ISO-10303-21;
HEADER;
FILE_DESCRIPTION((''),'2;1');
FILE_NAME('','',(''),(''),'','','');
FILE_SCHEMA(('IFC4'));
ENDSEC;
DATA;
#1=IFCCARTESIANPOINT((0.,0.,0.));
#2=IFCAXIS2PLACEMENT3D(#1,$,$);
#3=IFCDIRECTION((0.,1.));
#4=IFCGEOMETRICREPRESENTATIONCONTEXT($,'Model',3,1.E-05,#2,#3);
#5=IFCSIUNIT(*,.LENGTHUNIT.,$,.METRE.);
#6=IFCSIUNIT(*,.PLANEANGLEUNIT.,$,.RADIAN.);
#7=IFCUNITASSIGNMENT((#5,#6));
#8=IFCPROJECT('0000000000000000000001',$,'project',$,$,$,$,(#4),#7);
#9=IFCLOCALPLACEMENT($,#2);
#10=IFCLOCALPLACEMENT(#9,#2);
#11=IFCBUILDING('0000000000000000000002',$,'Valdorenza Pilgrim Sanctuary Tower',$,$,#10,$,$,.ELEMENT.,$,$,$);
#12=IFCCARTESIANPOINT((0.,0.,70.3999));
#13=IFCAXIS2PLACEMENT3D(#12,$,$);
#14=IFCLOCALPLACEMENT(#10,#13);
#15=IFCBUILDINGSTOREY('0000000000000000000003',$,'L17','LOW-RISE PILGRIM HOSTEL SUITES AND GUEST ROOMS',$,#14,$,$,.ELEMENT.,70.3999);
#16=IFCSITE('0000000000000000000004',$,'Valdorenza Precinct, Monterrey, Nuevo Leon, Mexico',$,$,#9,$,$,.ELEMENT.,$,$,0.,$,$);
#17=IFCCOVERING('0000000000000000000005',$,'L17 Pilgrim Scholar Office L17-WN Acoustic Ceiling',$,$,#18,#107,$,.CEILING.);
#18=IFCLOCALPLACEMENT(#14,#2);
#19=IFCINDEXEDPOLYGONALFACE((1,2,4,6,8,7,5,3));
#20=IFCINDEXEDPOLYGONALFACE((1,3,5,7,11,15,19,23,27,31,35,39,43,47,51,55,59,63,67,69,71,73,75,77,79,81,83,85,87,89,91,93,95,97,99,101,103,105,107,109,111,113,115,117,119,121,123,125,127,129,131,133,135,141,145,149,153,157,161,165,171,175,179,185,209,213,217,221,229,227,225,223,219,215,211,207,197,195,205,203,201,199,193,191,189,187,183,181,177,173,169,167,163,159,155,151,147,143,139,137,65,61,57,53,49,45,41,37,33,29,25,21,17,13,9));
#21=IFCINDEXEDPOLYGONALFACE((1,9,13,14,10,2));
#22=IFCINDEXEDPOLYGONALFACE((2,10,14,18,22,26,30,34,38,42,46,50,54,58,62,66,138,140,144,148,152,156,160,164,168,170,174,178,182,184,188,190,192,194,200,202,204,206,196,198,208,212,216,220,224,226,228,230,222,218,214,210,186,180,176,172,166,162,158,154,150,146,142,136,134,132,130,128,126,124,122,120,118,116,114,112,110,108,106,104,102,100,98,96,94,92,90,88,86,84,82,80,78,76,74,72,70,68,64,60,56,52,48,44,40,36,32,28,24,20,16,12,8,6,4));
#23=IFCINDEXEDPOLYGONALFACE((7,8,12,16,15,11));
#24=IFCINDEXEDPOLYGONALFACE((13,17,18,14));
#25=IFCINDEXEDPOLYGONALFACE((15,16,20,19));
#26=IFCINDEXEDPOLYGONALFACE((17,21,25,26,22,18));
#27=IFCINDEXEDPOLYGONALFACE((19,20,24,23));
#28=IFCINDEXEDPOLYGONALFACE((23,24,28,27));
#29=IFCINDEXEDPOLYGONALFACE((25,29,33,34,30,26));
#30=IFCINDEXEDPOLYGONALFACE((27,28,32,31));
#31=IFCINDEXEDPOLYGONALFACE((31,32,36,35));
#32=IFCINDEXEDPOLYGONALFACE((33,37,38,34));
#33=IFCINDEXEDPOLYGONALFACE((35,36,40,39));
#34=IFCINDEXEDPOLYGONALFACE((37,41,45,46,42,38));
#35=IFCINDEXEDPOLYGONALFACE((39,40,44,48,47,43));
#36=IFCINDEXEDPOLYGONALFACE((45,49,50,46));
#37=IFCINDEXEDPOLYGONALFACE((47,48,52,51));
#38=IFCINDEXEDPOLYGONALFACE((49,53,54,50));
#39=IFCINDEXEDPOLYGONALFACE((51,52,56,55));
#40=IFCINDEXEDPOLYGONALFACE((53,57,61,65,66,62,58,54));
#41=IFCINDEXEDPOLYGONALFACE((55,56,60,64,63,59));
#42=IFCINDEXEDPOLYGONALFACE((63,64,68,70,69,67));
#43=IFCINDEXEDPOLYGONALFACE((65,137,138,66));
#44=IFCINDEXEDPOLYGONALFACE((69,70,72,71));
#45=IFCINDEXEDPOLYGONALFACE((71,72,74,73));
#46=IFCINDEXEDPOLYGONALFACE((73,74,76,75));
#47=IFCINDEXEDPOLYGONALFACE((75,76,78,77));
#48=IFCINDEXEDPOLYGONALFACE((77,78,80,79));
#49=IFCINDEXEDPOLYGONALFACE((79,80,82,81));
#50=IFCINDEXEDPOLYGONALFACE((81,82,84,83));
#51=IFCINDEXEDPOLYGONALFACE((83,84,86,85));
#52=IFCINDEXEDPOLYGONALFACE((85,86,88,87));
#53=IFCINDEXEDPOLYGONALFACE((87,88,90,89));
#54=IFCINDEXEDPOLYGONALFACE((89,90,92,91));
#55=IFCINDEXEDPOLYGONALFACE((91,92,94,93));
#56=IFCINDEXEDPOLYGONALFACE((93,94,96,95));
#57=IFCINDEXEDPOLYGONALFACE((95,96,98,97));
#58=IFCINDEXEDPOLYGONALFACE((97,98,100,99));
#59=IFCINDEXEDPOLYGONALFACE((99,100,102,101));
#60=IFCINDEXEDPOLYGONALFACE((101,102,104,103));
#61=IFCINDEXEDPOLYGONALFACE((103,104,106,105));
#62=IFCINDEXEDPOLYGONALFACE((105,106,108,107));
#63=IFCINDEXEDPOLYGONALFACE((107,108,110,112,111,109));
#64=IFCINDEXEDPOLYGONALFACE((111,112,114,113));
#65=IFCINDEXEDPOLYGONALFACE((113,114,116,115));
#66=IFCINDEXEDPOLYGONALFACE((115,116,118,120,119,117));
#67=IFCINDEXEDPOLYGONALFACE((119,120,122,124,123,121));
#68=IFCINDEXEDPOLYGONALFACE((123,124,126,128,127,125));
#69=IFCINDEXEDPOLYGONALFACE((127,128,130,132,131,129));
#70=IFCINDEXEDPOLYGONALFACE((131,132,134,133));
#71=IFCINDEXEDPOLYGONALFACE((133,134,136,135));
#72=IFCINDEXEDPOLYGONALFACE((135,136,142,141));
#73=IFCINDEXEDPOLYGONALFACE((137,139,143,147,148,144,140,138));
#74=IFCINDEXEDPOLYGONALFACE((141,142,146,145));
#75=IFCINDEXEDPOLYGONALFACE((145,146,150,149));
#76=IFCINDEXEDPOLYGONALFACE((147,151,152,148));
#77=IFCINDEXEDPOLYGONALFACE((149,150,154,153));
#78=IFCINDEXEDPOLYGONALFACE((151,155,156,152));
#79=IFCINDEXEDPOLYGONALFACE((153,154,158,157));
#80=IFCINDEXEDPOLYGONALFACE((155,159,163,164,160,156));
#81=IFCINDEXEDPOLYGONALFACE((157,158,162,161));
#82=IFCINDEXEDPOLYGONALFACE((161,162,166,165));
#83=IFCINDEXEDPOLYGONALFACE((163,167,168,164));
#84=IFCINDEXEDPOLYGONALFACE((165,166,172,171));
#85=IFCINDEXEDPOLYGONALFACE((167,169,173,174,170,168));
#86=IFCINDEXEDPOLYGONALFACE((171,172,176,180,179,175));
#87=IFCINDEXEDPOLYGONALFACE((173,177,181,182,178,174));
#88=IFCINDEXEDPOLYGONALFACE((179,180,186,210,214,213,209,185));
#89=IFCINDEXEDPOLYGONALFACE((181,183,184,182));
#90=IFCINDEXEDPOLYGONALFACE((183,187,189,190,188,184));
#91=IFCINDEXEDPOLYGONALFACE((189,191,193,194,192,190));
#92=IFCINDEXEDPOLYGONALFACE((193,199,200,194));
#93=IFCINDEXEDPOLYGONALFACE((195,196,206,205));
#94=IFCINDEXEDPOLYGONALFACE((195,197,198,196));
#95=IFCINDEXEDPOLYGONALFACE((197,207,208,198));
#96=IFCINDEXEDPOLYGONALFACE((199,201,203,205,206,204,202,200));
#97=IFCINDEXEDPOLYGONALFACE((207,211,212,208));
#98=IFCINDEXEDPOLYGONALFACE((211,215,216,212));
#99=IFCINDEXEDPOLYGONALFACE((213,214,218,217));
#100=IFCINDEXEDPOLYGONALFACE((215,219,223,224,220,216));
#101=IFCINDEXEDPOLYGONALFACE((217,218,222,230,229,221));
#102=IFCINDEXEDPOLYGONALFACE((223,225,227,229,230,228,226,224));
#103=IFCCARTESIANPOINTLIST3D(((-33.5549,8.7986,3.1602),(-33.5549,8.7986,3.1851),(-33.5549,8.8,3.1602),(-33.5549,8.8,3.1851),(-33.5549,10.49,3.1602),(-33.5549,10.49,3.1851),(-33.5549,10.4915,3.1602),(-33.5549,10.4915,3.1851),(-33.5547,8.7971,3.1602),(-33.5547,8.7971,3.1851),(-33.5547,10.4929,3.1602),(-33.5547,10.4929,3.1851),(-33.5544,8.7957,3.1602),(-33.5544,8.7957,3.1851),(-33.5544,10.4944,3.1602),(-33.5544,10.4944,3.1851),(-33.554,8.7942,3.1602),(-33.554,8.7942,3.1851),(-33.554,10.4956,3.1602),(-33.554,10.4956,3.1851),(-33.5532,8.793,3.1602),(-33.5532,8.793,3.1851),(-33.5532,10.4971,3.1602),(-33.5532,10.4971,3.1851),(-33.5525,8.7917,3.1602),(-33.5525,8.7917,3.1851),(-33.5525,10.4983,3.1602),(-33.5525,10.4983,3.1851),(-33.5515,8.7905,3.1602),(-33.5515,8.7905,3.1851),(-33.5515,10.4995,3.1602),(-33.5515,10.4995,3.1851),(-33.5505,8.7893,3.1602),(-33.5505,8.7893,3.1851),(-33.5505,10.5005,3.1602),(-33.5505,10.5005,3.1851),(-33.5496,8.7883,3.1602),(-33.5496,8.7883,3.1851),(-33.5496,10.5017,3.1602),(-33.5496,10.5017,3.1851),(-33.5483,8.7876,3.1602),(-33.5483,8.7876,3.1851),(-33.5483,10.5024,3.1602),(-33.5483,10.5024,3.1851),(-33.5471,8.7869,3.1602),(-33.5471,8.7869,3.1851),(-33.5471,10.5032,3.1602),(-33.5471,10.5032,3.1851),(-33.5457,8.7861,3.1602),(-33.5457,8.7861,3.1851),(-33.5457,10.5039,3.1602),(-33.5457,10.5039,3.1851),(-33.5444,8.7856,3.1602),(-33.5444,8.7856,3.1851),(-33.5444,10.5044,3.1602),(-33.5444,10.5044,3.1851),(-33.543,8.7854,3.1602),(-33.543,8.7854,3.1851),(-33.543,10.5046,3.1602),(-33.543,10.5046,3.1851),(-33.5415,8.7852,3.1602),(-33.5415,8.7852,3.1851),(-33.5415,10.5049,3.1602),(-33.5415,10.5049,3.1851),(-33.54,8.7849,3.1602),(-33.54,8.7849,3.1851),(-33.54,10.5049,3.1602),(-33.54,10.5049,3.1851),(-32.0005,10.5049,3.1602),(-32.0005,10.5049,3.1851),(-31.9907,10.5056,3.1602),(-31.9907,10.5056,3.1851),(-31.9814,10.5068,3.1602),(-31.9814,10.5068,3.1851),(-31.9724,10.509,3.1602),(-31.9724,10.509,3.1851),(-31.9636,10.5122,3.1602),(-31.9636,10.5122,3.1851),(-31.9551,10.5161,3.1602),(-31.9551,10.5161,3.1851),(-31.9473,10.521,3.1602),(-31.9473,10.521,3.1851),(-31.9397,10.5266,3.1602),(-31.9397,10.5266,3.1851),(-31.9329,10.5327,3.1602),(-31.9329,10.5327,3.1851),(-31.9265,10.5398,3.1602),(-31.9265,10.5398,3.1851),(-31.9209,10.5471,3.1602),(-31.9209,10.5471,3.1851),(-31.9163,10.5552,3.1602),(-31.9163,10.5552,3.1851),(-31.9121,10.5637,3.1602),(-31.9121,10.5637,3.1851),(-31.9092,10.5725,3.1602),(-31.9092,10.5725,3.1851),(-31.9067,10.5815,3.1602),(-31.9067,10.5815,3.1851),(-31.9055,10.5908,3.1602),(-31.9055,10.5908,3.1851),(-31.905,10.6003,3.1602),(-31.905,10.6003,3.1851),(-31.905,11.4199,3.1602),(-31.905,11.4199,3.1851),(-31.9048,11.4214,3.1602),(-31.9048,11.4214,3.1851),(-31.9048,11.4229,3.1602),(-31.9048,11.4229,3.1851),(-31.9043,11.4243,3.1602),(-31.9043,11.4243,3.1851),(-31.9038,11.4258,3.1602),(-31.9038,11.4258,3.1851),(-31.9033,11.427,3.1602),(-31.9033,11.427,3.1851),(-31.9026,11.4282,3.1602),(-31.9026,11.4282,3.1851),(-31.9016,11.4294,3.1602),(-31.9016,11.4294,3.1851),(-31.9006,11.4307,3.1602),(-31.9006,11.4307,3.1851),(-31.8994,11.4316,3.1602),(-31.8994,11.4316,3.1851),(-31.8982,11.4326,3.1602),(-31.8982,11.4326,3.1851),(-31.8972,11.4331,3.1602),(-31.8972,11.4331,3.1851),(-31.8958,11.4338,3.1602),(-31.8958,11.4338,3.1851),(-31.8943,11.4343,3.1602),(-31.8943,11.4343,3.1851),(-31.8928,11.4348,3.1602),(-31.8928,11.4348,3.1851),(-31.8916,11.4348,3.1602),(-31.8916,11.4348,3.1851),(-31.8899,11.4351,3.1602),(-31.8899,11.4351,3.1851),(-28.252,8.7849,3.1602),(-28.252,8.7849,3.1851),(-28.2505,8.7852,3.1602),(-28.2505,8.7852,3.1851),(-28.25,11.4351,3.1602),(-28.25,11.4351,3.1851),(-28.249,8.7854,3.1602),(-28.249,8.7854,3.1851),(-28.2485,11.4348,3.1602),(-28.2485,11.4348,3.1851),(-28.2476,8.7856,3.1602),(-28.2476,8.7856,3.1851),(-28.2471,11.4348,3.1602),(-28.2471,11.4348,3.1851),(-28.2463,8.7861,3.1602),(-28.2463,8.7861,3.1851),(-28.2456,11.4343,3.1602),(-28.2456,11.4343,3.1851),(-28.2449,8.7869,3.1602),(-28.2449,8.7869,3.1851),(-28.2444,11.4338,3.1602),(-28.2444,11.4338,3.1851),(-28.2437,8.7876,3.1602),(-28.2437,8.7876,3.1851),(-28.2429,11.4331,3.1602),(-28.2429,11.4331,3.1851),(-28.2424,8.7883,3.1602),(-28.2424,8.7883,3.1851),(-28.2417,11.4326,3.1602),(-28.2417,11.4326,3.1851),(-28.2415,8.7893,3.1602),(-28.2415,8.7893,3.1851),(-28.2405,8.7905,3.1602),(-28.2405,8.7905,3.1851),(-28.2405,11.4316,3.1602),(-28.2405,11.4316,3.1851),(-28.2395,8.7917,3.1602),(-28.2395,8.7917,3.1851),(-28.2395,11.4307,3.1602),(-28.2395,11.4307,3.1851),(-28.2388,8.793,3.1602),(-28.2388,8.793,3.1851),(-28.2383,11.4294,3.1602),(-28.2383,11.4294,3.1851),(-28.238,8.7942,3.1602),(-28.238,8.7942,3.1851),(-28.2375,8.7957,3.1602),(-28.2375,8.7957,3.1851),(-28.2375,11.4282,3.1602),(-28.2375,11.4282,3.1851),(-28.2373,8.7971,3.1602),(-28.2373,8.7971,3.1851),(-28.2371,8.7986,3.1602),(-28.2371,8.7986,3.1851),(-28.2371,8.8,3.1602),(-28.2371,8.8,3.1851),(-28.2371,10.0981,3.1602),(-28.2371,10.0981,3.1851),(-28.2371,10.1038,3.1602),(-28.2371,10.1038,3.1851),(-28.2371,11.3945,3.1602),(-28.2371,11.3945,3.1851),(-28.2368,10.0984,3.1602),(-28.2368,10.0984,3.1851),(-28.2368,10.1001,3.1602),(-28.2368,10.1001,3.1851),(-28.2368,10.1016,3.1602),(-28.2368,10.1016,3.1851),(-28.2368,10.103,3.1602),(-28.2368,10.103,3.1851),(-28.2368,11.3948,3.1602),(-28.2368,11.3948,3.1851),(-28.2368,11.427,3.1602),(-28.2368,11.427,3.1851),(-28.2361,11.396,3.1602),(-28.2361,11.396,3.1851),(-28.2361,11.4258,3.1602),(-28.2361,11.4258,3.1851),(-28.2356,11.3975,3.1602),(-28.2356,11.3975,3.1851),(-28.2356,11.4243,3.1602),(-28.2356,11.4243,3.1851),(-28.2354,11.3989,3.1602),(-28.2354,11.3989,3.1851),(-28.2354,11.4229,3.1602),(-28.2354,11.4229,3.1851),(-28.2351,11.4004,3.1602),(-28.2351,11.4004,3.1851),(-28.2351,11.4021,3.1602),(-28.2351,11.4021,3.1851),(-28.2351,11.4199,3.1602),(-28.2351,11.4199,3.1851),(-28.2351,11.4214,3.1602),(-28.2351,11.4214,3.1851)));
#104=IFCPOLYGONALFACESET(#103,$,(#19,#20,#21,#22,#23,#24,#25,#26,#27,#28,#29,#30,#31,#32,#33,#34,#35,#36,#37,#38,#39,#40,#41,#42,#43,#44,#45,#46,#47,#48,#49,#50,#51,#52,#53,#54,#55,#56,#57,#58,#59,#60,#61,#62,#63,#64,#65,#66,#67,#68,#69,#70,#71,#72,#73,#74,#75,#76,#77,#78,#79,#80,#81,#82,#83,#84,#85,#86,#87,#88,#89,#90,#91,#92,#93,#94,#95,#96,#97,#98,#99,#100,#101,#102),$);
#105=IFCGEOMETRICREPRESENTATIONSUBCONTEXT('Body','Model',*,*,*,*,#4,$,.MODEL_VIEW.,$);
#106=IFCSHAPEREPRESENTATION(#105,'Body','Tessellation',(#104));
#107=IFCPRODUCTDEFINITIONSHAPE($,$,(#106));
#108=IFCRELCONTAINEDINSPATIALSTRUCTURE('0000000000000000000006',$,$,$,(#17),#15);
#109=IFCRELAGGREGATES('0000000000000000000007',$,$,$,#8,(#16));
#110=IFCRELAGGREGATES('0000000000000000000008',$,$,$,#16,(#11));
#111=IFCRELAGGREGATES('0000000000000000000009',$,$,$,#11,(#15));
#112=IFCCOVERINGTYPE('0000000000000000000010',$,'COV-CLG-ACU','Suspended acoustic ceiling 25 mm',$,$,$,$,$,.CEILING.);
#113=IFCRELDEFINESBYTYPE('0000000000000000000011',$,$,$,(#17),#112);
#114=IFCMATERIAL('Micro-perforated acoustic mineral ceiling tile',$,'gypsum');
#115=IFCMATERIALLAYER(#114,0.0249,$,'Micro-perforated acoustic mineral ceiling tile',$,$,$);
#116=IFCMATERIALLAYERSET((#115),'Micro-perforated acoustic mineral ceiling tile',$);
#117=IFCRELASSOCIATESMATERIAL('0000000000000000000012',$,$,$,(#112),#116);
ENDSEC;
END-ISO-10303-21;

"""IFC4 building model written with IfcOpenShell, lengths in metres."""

from ifc_helpers import new_model, si_unit, direction, frame, origin, place, context, subcontext, project, spatial, polyline, outline, extrude, material, layer, layer_set, type_object, element, save


model = new_model("IFC4")

# Units and contexts
model_context = context("Model", 3, precision=1e-05, world=origin(), true_north=direction((0.0, 1.0)))
body_context = subcontext(model_context, "Body", "Model", "MODEL_VIEW")
ifc_project = project(units=[si_unit("LENGTHUNIT", "METRE"), si_unit("PLANEANGLEUNIT", "RADIAN")], contexts=[model_context])

# Site, building, storey
site_placement = place(None, origin())
site = spatial("IfcSite", under=ifc_project, at=site_placement, Name="Valdorenza Precinct, Monterrey, Nuevo Leon, Mexico", CompositionType="ELEMENT", RefElevation=0.0)
building_placement = place(site_placement, origin())
building = spatial("IfcBuilding", under=site, at=building_placement, Name="Valdorenza Pilgrim Sanctuary Tower", CompositionType="ELEMENT")
storey_placement = place(building_placement, frame((0.0, 0.0, 70.3999)))
storey = spatial("IfcBuildingStorey", under=building, at=storey_placement, Name="L17", Description="LOW-RISE PILGRIM HOSTEL SUITES AND GUEST ROOMS", CompositionType="ELEMENT", Elevation=70.3999)

# Covering
ifc_material_1 = material(Name="Micro-perforated acoustic mineral ceiling tile", Category="gypsum")
ifc_layer_1 = layer(ifc_material_1, 0.0249, Name="Micro-perforated acoustic mineral ceiling tile")
ifc_layer_set_1 = layer_set([ifc_layer_1], Name="Micro-perforated acoustic mineral ceiling tile")
covering_type_1 = type_object("IfcCoveringType", Name="COV-CLG-ACU", Description="Suspended acoustic ceiling 25 mm", PredefinedType="CEILING", material=ifc_layer_set_1)
covering_1_placement = place(storey_placement, frame((0.0, 0.0, 3.1602)))
element("IfcCovering", 1, at=covering_1_placement, inside=storey, type_object=covering_type_1, Name="L17 Pilgrim Scholar Office L17-WN Acoustic Ceiling", PredefinedType="CEILING", context=body_context, shape_type="SweptSolid", body=[
    extrude(outline(polyline([(-28.2371, 11.3945), (-28.2371, 10.1038), (-28.2368, 10.103), (-28.2368, 10.1016), (-28.2368, 10.1001), (-28.2368, 10.0984), (-28.2371, 10.0981), (-28.2371, 8.8), (-28.2371, 8.7986), (-28.2373, 8.7971), (-28.2375, 8.7957), (-28.238, 8.7942), (-28.2388, 8.793), (-28.2395, 8.7917), (-28.2405, 8.7905), (-28.2415, 8.7893), (-28.2424, 8.7883), (-28.2437, 8.7876), (-28.2449, 8.7869), (-28.2463, 8.7861), (-28.2476, 8.7856), (-28.249, 8.7854), (-28.2505, 8.7852), (-28.252, 8.7849), (-33.54, 8.7849), (-33.5415, 8.7852), (-33.543, 8.7854), (-33.5444, 8.7856), (-33.5457, 8.7861), (-33.5471, 8.7869), (-33.5483, 8.7876), (-33.5496, 8.7883), (-33.5505, 8.7893), (-33.5515, 8.7905), (-33.5525, 8.7917), (-33.5532, 8.793), (-33.554, 8.7942), (-33.5544, 8.7957), (-33.5547, 8.7971), (-33.5549, 8.7986), (-33.5549, 8.8), (-33.5549, 10.49), (-33.5549, 10.4915), (-33.5547, 10.4929), (-33.5544, 10.4944), (-33.554, 10.4956), (-33.5532, 10.4971), (-33.5525, 10.4983), (-33.5515, 10.4995), (-33.5505, 10.5005), (-33.5496, 10.5017), (-33.5483, 10.5024), (-33.5471, 10.5032), (-33.5457, 10.5039), (-33.5444, 10.5044), (-33.543, 10.5046), (-33.5415, 10.5049), (-33.54, 10.5049), (-32.0005, 10.5049), (-31.9907, 10.5056), (-31.9814, 10.5068), (-31.9724, 10.509), (-31.9636, 10.5122), (-31.9551, 10.5161), (-31.9473, 10.521), (-31.9397, 10.5266), (-31.9329, 10.5327), (-31.9265, 10.5398), (-31.9209, 10.5471), (-31.9163, 10.5552), (-31.9121, 10.5637), (-31.9092, 10.5725), (-31.9067, 10.5815), (-31.9055, 10.5908), (-31.905, 10.6003), (-31.905, 11.4199), (-31.9048, 11.4214), (-31.9048, 11.4229), (-31.9043, 11.4243), (-31.9038, 11.4258), (-31.9033, 11.427), (-31.9026, 11.4282), (-31.9016, 11.4294), (-31.9006, 11.4307), (-31.8994, 11.4316), (-31.8982, 11.4326), (-31.8972, 11.4331), (-31.8958, 11.4338), (-31.8943, 11.4343), (-31.8928, 11.4348), (-31.8916, 11.4348), (-31.8899, 11.4351), (-28.25, 11.4351), (-28.2485, 11.4348), (-28.2471, 11.4348), (-28.2456, 11.4343), (-28.2444, 11.4338), (-28.2429, 11.4331), (-28.2417, 11.4326), (-28.2405, 11.4316), (-28.2395, 11.4307), (-28.2383, 11.4294), (-28.2375, 11.4282), (-28.2368, 11.427), (-28.2361, 11.4258), (-28.2356, 11.4243), (-28.2354, 11.4229), (-28.2351, 11.4214), (-28.2351, 11.4199), (-28.2351, 11.4021), (-28.2351, 11.4004), (-28.2354, 11.3989), (-28.2356, 11.3975), (-28.2361, 11.396), (-28.2368, 11.3948), (-28.2371, 11.3945)])), origin(), (0.0, 0.0, 1.0), 0.0249),
])

save(model, "model.ifc")
